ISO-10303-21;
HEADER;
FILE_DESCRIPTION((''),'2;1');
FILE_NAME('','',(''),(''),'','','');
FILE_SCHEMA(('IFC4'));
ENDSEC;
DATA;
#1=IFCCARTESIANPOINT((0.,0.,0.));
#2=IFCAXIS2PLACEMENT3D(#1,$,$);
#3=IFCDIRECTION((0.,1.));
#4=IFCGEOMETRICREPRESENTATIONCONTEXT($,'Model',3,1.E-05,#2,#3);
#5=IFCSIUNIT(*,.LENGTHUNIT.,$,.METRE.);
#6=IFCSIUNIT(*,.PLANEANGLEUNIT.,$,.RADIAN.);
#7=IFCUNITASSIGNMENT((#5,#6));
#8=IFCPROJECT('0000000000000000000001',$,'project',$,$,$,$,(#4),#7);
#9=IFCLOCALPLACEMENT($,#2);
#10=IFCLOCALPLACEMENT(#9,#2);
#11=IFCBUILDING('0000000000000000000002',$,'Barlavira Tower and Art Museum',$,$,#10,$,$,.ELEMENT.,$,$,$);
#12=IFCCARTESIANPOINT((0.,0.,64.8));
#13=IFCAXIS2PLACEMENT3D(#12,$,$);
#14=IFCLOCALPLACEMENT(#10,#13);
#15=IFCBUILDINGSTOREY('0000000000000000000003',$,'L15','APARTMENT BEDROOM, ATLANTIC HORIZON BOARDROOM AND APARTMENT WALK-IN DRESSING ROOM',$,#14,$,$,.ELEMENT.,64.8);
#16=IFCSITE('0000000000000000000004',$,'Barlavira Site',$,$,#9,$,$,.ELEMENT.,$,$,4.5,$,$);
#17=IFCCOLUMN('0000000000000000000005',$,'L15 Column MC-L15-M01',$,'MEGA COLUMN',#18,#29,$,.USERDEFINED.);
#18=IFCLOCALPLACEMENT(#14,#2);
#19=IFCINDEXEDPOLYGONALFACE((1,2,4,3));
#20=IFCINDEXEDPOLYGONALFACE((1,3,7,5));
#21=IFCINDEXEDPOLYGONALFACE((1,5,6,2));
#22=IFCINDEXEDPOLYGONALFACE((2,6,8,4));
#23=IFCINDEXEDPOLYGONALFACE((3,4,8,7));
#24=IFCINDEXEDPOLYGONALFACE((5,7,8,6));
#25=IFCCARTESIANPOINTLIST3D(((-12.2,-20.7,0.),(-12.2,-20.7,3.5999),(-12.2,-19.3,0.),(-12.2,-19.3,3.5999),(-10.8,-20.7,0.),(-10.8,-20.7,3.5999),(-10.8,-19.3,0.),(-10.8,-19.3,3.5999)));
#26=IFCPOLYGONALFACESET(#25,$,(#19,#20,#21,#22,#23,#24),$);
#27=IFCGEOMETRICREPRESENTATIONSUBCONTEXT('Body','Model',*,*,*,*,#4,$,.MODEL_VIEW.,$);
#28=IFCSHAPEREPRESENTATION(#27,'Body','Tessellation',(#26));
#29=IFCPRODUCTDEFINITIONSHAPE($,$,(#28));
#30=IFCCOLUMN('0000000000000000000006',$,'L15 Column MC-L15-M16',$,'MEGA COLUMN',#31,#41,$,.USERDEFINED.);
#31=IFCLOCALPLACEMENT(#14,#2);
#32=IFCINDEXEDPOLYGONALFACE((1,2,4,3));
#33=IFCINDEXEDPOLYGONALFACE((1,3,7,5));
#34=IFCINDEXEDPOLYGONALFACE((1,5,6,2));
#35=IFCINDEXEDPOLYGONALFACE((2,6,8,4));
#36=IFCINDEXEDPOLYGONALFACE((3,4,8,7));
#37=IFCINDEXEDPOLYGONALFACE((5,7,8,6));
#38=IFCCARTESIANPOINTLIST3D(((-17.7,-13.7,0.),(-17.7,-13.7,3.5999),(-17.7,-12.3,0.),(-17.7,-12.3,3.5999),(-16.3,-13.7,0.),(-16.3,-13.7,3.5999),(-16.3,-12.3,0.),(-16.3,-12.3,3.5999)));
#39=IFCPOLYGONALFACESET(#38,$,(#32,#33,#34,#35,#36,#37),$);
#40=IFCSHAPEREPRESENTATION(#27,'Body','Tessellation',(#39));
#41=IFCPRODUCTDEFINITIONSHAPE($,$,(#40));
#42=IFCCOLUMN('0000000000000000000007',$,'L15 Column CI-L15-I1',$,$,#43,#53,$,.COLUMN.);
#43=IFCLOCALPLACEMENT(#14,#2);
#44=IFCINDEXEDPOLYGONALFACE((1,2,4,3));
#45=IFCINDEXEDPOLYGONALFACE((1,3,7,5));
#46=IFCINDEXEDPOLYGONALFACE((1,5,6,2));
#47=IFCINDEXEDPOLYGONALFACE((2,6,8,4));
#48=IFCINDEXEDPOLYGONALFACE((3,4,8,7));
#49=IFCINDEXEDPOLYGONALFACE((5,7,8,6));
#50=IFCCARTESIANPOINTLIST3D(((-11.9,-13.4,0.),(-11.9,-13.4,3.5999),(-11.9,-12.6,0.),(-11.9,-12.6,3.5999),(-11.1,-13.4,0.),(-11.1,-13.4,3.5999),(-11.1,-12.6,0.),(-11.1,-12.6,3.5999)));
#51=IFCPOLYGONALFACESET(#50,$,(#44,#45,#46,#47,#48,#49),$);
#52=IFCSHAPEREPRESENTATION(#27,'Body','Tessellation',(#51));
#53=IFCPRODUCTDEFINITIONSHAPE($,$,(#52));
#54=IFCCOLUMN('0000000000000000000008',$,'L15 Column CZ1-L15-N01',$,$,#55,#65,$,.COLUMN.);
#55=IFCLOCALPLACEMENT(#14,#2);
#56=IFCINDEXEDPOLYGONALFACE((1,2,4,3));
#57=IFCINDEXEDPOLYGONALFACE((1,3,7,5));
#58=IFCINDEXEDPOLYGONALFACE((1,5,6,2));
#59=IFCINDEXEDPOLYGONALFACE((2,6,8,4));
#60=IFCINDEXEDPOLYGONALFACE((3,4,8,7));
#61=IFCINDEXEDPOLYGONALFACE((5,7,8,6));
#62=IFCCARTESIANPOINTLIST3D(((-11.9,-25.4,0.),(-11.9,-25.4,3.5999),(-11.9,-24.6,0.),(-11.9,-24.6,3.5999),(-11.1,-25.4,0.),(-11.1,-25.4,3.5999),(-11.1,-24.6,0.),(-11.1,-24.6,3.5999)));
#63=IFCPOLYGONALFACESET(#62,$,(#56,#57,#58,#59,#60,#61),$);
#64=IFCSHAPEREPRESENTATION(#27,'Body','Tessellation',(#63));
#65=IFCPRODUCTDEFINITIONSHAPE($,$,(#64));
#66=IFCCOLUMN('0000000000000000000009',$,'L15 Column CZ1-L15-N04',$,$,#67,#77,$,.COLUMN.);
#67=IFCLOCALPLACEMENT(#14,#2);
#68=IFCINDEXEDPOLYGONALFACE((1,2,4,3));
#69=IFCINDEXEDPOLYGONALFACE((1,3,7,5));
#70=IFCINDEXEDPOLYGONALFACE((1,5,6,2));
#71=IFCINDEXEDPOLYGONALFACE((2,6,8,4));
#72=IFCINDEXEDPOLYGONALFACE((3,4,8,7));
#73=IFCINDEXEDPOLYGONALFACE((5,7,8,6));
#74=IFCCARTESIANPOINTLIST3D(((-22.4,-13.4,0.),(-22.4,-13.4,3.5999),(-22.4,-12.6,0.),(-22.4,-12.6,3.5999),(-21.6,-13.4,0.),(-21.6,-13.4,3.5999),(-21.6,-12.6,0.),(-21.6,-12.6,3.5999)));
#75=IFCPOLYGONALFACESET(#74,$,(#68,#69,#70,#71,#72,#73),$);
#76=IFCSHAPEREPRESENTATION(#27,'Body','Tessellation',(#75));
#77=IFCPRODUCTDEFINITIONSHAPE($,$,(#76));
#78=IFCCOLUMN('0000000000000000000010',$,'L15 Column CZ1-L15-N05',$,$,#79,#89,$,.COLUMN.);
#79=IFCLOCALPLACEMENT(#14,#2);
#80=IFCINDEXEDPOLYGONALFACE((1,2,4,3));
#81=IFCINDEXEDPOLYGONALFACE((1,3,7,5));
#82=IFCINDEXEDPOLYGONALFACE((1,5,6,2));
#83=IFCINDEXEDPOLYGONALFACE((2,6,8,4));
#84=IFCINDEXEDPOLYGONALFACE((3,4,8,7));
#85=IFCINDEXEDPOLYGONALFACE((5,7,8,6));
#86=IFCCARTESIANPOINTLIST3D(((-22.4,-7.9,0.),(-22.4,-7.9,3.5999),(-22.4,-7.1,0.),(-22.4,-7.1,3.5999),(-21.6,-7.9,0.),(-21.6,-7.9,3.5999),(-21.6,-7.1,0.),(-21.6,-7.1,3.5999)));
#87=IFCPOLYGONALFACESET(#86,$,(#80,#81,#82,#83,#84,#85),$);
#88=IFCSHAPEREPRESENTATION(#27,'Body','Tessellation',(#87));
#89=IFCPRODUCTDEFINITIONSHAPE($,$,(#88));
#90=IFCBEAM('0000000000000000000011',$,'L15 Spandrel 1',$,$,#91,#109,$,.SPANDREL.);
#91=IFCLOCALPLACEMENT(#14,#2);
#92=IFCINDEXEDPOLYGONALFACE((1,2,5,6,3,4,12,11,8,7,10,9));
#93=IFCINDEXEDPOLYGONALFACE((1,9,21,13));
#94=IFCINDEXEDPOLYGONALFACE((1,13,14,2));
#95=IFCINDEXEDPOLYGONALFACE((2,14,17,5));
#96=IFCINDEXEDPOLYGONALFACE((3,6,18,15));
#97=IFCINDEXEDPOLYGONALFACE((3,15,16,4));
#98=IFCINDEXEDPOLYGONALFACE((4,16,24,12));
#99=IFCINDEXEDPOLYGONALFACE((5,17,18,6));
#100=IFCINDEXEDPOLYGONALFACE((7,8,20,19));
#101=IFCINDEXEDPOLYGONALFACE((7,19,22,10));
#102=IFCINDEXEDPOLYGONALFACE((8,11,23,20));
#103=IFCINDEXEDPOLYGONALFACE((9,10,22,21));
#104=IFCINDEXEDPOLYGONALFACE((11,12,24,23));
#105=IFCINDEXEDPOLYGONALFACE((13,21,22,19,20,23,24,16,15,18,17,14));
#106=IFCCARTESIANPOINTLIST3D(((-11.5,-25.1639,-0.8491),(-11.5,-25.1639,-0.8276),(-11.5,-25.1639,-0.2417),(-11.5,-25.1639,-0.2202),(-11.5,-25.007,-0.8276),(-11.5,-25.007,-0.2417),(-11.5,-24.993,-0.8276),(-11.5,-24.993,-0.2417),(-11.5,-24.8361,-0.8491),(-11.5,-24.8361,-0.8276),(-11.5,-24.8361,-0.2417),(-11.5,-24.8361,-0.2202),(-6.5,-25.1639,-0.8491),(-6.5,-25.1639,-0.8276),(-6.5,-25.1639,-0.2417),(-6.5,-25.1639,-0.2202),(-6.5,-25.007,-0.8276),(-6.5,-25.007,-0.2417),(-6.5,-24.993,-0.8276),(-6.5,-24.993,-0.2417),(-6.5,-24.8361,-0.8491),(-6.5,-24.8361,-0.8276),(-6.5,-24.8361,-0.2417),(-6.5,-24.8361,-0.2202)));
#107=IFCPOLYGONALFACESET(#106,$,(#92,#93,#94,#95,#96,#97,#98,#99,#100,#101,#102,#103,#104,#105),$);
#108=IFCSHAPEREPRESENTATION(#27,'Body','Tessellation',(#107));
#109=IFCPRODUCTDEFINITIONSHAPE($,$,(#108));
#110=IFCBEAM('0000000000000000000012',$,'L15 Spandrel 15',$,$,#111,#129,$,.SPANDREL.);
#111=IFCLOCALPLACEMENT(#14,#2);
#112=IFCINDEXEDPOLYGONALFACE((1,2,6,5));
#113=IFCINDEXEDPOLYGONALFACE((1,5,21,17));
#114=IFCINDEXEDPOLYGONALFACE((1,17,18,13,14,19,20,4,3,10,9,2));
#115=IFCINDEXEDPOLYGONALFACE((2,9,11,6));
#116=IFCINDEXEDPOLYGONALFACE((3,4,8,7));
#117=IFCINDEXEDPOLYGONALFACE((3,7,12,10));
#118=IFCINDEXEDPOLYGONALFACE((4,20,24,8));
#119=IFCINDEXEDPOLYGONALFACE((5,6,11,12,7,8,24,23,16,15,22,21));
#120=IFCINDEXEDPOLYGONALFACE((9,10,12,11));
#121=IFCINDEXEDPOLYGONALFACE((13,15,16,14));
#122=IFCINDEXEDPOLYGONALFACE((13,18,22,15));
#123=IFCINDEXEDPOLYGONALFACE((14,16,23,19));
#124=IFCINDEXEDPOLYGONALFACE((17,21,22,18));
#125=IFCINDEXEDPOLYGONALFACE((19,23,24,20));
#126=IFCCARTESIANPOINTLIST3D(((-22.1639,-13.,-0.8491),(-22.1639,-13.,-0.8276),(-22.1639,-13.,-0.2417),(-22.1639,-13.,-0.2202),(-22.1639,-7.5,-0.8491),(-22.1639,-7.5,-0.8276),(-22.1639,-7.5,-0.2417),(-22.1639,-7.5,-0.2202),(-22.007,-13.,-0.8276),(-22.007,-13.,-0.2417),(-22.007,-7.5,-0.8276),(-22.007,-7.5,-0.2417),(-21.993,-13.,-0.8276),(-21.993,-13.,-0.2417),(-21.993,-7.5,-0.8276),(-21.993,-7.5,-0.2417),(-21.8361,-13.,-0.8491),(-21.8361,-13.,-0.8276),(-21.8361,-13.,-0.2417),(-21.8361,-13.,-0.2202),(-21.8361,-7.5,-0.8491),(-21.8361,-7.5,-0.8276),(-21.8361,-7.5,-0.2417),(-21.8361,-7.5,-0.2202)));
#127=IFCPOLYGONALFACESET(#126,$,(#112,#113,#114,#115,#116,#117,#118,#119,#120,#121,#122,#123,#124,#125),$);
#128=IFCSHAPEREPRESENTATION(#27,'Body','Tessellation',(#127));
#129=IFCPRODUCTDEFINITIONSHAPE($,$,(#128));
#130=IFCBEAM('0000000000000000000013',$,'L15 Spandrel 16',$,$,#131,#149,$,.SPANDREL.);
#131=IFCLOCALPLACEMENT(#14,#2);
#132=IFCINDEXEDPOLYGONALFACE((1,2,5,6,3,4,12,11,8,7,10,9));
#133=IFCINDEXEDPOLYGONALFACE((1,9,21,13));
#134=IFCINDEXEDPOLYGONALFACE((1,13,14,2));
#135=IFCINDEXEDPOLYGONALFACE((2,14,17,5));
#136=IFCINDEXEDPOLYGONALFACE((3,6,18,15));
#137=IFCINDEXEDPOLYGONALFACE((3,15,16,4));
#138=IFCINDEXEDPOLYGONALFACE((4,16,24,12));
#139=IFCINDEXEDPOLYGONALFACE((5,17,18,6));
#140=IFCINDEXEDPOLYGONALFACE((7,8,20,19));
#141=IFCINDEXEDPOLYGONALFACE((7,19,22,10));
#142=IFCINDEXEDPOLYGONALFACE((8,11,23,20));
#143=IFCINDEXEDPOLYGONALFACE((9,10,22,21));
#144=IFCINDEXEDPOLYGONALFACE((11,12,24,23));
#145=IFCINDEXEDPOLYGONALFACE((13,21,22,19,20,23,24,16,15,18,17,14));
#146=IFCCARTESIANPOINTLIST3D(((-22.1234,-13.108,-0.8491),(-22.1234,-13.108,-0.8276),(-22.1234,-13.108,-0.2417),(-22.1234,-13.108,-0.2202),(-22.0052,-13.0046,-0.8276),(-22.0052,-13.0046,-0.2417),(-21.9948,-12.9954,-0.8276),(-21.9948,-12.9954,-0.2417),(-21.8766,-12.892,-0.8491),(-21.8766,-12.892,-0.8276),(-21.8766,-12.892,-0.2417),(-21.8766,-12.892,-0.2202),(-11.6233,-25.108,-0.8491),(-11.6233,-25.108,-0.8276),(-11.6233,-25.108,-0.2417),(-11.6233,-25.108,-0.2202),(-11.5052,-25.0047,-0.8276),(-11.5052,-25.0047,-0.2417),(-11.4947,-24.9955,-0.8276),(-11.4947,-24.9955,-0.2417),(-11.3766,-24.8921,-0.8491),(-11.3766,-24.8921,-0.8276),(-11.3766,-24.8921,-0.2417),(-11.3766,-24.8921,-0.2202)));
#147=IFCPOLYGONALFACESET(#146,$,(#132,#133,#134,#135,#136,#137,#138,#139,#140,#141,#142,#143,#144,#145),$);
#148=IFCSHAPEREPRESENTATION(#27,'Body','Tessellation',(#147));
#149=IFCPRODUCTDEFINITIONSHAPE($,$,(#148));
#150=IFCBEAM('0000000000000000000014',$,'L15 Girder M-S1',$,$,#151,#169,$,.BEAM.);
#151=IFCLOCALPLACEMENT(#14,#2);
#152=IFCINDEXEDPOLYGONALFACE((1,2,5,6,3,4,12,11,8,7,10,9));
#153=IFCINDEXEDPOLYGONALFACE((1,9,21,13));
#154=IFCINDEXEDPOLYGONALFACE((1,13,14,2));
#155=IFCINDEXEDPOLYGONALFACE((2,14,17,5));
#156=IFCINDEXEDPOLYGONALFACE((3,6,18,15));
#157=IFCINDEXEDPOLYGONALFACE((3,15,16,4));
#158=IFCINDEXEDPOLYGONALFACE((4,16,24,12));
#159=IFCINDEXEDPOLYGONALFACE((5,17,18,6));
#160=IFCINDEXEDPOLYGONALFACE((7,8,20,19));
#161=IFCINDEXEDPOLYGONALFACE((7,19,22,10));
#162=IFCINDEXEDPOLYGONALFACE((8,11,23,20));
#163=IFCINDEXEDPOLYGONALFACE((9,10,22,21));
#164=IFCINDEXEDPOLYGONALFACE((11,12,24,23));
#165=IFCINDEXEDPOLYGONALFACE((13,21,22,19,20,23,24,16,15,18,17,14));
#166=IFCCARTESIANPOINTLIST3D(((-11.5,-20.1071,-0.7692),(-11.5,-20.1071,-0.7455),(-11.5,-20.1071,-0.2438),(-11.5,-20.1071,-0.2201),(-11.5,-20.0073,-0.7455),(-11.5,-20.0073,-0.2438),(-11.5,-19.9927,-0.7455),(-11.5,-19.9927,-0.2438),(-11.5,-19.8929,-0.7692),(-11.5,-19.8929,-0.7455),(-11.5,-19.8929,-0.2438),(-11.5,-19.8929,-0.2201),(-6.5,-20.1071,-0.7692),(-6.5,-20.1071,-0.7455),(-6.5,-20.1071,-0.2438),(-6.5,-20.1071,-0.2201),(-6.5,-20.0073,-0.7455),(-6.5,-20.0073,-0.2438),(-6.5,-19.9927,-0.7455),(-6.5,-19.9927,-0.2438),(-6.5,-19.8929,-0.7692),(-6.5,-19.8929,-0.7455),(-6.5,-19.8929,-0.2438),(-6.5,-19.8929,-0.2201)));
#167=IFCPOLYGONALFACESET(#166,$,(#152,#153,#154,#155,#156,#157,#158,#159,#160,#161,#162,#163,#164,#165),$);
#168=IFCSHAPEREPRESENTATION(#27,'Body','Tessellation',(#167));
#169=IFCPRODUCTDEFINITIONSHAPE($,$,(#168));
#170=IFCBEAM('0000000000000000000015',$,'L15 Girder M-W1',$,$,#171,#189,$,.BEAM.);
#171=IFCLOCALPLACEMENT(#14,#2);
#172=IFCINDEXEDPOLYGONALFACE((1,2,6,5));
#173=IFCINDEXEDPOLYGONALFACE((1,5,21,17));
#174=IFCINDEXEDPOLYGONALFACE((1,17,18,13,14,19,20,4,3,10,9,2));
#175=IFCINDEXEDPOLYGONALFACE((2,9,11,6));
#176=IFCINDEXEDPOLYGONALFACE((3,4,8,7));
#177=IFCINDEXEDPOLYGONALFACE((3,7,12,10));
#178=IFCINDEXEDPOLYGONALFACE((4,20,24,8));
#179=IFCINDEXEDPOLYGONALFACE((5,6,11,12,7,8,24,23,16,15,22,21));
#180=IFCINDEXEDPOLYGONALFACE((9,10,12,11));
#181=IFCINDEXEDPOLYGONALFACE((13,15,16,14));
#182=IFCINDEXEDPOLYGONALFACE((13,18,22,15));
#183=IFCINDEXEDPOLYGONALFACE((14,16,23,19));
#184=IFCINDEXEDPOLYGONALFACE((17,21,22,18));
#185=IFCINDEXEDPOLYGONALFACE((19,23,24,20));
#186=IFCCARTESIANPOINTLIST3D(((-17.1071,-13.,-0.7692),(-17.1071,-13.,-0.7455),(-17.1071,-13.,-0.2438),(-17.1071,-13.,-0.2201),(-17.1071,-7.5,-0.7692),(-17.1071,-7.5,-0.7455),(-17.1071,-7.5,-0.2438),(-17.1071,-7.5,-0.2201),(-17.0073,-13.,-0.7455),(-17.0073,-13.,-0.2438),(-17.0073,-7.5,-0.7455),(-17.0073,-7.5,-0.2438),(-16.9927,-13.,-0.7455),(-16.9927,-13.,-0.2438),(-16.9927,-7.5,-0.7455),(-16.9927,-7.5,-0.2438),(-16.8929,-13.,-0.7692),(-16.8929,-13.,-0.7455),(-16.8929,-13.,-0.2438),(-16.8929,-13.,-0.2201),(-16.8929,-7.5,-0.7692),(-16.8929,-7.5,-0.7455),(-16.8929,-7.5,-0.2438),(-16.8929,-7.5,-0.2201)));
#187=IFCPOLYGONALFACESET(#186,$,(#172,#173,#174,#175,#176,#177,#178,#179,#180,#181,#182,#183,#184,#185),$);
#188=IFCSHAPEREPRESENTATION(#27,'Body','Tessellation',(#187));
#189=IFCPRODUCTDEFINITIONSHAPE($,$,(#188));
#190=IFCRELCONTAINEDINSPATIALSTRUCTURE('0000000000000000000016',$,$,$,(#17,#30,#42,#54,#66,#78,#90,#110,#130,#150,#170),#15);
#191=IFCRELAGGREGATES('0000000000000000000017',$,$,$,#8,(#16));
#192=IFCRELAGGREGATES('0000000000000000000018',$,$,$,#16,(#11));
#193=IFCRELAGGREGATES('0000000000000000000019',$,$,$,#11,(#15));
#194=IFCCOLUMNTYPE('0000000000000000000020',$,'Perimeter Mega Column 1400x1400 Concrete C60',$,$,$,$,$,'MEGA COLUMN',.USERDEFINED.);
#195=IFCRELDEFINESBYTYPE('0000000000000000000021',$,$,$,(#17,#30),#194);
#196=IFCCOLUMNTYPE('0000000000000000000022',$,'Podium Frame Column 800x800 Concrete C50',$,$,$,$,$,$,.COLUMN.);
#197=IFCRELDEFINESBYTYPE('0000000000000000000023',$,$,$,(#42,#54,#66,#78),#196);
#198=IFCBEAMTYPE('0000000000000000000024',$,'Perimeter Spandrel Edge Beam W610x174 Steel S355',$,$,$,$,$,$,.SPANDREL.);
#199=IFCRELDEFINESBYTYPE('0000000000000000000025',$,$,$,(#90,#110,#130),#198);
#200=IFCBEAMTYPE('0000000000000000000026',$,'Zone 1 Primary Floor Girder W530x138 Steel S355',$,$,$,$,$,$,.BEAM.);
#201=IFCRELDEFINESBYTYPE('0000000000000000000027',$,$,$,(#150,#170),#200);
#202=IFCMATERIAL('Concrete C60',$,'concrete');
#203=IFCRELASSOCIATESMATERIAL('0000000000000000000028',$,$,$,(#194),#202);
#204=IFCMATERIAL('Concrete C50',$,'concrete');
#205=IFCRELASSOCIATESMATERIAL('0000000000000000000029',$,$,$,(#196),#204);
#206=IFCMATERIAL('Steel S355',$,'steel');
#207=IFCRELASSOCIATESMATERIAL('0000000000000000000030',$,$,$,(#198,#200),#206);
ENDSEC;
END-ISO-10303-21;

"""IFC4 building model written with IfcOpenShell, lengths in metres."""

from ifc_helpers import new_model, si_unit, direction, frame, origin, origin_2d, place, context, subcontext, project, spatial, rectangle, i_section, extrude, material, material_profile, profile_set, type_object, element, save


model = new_model("IFC4")

# Units and contexts
model_context = context("Model", 3, precision=1e-05, world=origin(), true_north=direction((0.0, 1.0)))
body_context = subcontext(model_context, "Body", "Model", "MODEL_VIEW")
ifc_project = project(units=[si_unit("LENGTHUNIT", "METRE"), si_unit("PLANEANGLEUNIT", "RADIAN")], contexts=[model_context])

# Site, building, storey
site_placement = place(None, origin())
site = spatial("IfcSite", under=ifc_project, at=site_placement, Name="Barlavira Site", CompositionType="ELEMENT", RefElevation=4.5)
building_placement = place(site_placement, origin())
building = spatial("IfcBuilding", under=site, at=building_placement, Name="Barlavira Tower and Art Museum", CompositionType="ELEMENT")
storey_placement = place(building_placement, frame((0.0, 0.0, 64.8)))
storey = spatial("IfcBuildingStorey", under=building, at=storey_placement, Name="L15", Description="APARTMENT BEDROOM, ATLANTIC HORIZON BOARDROOM AND APARTMENT WALK-IN DRESSING ROOM", CompositionType="ELEMENT", Elevation=64.8)

# Columns
ifc_material_1 = material(Name="Concrete C60", Category="concrete")
ifc_material_profile_1 = material_profile(ifc_material_1, rectangle(XDim=1.3999, YDim=1.3999, at=origin_2d()), Name="RC-MCOL 1400x1400")
ifc_profile_set_1 = profile_set([ifc_material_profile_1], Name="Concrete C60")
column_type_1 = type_object("IfcColumnType", Name="Perimeter Mega Column 1400x1400 Concrete C60", ElementType="MEGA COLUMN", PredefinedType="USERDEFINED", material=ifc_profile_set_1)
for number, where, z_axis, x_axis, name in (
    (1, (-11.5, -20.0, 0.0), (0.0, 0.0, 1.0), (1.0, 0.0, 0.0), "L15 Column MC-L15-M01"),
    (2, (-17.0, -13.0, 0.0), (0.0, 0.0, 1.0), (1.0, 0.0, 0.0), "L15 Column MC-L15-M16"),
):
    element("IfcColumn", number, at=place(storey_placement, frame(where, z_axis=z_axis, x_axis=x_axis)), inside=storey, type_object=column_type_1, Name=name, ObjectType="MEGA COLUMN", PredefinedType="USERDEFINED", context=body_context, shape_type="SweptSolid", body=[
        extrude(rectangle(XDim=1.3999, YDim=1.3999, at=origin_2d()), origin(), (0.0, 0.0, 1.0), 3.5999),
    ])
ifc_material_2 = material(Name="Concrete C50", Category="concrete")
ifc_material_profile_2 = material_profile(ifc_material_2, rectangle(XDim=0.8, YDim=0.8, at=origin_2d()), Name="RC-COL 800x800")
ifc_profile_set_2 = profile_set([ifc_material_profile_2], Name="Concrete C50")
column_type_2 = type_object("IfcColumnType", Name="Podium Frame Column 800x800 Concrete C50", PredefinedType="COLUMN", material=ifc_profile_set_2)
for number, where, z_axis, x_axis, name in (
    (3, (-11.5, -13.0, 0.0), (0.0, 0.0, 1.0), (1.0, 0.0, 0.0), "L15 Column CI-L15-I1"),
    (4, (-11.5, -25.0, 0.0), (0.0, 0.0, 1.0), (1.0, 0.0, 0.0), "L15 Column CZ1-L15-N01"),
    (5, (-22.0, -13.0, 0.0), (0.0, 0.0, 1.0), (1.0, 0.0, 0.0), "L15 Column CZ1-L15-N04"),
    (6, (-22.0, -7.5, 0.0), (0.0, 0.0, 1.0), (1.0, 0.0, 0.0), "L15 Column CZ1-L15-N05"),
):
    element("IfcColumn", number, at=place(storey_placement, frame(where, z_axis=z_axis, x_axis=x_axis)), inside=storey, type_object=column_type_2, Name=name, PredefinedType="COLUMN", context=body_context, shape_type="SweptSolid", body=[
        extrude(rectangle(XDim=0.8, YDim=0.8, at=origin_2d()), origin(), (0.0, 0.0, 1.0), 3.5999),
    ])

# Beams
ifc_material_3 = material(Name="Steel S355", Category="steel")
ifc_material_profile_3 = material_profile(ifc_material_3, i_section(OverallWidth=0.3279, OverallDepth=0.6289, WebThickness=0.0139, FlangeThickness=0.0215, at=origin_2d()), Name="W610x174.0")
ifc_profile_set_3 = profile_set([ifc_material_profile_3], Name="Steel S355")
beam_type_1 = type_object("IfcBeamType", Name="Perimeter Spandrel Edge Beam W610x174 Steel S355", PredefinedType="SPANDREL", material=ifc_profile_set_3)
beam_1_placement = place(storey_placement, frame((-11.5, -25.0, -0.5347), z_axis=(1.0, 0.0, 0.0), x_axis=(0.0, 1.0, 0.0)))
element("IfcBeam", 7, at=beam_1_placement, inside=storey, type_object=beam_type_1, Name="L15 Spandrel 1", PredefinedType="SPANDREL", context=body_context, shape_type="SweptSolid", body=[
    extrude(i_section(OverallWidth=0.3279, OverallDepth=0.6289, WebThickness=0.0139, FlangeThickness=0.0215, at=origin_2d()), origin(), (0.0, 0.0, 1.0), 5.0),
])
beam_2_placement = place(storey_placement, frame((-22.0, -13.0, -0.5347), z_axis=(0.0, 1.0, 0.0), x_axis=(-1.0, 0.0, 0.0)))
element("IfcBeam", 8, at=beam_2_placement, inside=storey, type_object=beam_type_1, Name="L15 Spandrel 15", PredefinedType="SPANDREL", context=body_context, shape_type="SweptSolid", body=[
    extrude(i_section(OverallWidth=0.3279, OverallDepth=0.6289, WebThickness=0.0139, FlangeThickness=0.0215, at=origin_2d()), origin(), (0.0, 0.0, 1.0), 5.5),
])
beam_3_placement = place(storey_placement, frame((-22.0, -13.0, -0.5347), z_axis=(0.658505, -0.752577, 0.0), x_axis=(0.752577, 0.658505, 0.0)))
element("IfcBeam", 9, at=beam_3_placement, inside=storey, type_object=beam_type_1, Name="L15 Spandrel 16", PredefinedType="SPANDREL", context=body_context, shape_type="SweptSolid", body=[
    extrude(i_section(OverallWidth=0.3279, OverallDepth=0.6289, WebThickness=0.0139, FlangeThickness=0.0215, at=origin_2d()), origin(), (0.0, 0.0, 1.0), 15.9453),
])
ifc_material_profile_4 = material_profile(ifc_material_3, i_section(OverallWidth=0.2141, OverallDepth=0.5491, WebThickness=0.0146, FlangeThickness=0.0237, at=origin_2d()), Name="W530x138.0")
ifc_profile_set_4 = profile_set([ifc_material_profile_4], Name="Steel S355")
beam_type_2 = type_object("IfcBeamType", Name="Zone 1 Primary Floor Girder W530x138 Steel S355", PredefinedType="BEAM", material=ifc_profile_set_4)
beam_4_placement = place(storey_placement, frame((-11.5, -20.0, -0.4946), z_axis=(1.0, 0.0, 0.0), x_axis=(0.0, 1.0, 0.0)))
element("IfcBeam", 10, at=beam_4_placement, inside=storey, type_object=beam_type_2, Name="L15 Girder M-S1", PredefinedType="BEAM", context=body_context, shape_type="SweptSolid", body=[
    extrude(i_section(OverallWidth=0.2141, OverallDepth=0.5491, WebThickness=0.0146, FlangeThickness=0.0237, at=origin_2d()), origin(), (0.0, 0.0, 1.0), 5.0),
])
for number, where, z_axis, x_axis, name in (
    (11, (-17.0, -13.0, -0.4946), (0.0, 1.0, 0.0), (-1.0, 0.0, 0.0), "L15 Girder M-W1"),
):
    element("IfcBeam", number, at=place(storey_placement, frame(where, z_axis=z_axis, x_axis=x_axis)), inside=storey, type_object=beam_type_2, Name=name, PredefinedType="BEAM", context=body_context, shape_type="SweptSolid", body=[
        extrude(i_section(OverallWidth=0.2141, OverallDepth=0.5491, WebThickness=0.0146, FlangeThickness=0.0237, at=origin_2d()), origin(), (0.0, 0.0, 1.0), 5.5),
    ])

save(model, "model.ifc")
